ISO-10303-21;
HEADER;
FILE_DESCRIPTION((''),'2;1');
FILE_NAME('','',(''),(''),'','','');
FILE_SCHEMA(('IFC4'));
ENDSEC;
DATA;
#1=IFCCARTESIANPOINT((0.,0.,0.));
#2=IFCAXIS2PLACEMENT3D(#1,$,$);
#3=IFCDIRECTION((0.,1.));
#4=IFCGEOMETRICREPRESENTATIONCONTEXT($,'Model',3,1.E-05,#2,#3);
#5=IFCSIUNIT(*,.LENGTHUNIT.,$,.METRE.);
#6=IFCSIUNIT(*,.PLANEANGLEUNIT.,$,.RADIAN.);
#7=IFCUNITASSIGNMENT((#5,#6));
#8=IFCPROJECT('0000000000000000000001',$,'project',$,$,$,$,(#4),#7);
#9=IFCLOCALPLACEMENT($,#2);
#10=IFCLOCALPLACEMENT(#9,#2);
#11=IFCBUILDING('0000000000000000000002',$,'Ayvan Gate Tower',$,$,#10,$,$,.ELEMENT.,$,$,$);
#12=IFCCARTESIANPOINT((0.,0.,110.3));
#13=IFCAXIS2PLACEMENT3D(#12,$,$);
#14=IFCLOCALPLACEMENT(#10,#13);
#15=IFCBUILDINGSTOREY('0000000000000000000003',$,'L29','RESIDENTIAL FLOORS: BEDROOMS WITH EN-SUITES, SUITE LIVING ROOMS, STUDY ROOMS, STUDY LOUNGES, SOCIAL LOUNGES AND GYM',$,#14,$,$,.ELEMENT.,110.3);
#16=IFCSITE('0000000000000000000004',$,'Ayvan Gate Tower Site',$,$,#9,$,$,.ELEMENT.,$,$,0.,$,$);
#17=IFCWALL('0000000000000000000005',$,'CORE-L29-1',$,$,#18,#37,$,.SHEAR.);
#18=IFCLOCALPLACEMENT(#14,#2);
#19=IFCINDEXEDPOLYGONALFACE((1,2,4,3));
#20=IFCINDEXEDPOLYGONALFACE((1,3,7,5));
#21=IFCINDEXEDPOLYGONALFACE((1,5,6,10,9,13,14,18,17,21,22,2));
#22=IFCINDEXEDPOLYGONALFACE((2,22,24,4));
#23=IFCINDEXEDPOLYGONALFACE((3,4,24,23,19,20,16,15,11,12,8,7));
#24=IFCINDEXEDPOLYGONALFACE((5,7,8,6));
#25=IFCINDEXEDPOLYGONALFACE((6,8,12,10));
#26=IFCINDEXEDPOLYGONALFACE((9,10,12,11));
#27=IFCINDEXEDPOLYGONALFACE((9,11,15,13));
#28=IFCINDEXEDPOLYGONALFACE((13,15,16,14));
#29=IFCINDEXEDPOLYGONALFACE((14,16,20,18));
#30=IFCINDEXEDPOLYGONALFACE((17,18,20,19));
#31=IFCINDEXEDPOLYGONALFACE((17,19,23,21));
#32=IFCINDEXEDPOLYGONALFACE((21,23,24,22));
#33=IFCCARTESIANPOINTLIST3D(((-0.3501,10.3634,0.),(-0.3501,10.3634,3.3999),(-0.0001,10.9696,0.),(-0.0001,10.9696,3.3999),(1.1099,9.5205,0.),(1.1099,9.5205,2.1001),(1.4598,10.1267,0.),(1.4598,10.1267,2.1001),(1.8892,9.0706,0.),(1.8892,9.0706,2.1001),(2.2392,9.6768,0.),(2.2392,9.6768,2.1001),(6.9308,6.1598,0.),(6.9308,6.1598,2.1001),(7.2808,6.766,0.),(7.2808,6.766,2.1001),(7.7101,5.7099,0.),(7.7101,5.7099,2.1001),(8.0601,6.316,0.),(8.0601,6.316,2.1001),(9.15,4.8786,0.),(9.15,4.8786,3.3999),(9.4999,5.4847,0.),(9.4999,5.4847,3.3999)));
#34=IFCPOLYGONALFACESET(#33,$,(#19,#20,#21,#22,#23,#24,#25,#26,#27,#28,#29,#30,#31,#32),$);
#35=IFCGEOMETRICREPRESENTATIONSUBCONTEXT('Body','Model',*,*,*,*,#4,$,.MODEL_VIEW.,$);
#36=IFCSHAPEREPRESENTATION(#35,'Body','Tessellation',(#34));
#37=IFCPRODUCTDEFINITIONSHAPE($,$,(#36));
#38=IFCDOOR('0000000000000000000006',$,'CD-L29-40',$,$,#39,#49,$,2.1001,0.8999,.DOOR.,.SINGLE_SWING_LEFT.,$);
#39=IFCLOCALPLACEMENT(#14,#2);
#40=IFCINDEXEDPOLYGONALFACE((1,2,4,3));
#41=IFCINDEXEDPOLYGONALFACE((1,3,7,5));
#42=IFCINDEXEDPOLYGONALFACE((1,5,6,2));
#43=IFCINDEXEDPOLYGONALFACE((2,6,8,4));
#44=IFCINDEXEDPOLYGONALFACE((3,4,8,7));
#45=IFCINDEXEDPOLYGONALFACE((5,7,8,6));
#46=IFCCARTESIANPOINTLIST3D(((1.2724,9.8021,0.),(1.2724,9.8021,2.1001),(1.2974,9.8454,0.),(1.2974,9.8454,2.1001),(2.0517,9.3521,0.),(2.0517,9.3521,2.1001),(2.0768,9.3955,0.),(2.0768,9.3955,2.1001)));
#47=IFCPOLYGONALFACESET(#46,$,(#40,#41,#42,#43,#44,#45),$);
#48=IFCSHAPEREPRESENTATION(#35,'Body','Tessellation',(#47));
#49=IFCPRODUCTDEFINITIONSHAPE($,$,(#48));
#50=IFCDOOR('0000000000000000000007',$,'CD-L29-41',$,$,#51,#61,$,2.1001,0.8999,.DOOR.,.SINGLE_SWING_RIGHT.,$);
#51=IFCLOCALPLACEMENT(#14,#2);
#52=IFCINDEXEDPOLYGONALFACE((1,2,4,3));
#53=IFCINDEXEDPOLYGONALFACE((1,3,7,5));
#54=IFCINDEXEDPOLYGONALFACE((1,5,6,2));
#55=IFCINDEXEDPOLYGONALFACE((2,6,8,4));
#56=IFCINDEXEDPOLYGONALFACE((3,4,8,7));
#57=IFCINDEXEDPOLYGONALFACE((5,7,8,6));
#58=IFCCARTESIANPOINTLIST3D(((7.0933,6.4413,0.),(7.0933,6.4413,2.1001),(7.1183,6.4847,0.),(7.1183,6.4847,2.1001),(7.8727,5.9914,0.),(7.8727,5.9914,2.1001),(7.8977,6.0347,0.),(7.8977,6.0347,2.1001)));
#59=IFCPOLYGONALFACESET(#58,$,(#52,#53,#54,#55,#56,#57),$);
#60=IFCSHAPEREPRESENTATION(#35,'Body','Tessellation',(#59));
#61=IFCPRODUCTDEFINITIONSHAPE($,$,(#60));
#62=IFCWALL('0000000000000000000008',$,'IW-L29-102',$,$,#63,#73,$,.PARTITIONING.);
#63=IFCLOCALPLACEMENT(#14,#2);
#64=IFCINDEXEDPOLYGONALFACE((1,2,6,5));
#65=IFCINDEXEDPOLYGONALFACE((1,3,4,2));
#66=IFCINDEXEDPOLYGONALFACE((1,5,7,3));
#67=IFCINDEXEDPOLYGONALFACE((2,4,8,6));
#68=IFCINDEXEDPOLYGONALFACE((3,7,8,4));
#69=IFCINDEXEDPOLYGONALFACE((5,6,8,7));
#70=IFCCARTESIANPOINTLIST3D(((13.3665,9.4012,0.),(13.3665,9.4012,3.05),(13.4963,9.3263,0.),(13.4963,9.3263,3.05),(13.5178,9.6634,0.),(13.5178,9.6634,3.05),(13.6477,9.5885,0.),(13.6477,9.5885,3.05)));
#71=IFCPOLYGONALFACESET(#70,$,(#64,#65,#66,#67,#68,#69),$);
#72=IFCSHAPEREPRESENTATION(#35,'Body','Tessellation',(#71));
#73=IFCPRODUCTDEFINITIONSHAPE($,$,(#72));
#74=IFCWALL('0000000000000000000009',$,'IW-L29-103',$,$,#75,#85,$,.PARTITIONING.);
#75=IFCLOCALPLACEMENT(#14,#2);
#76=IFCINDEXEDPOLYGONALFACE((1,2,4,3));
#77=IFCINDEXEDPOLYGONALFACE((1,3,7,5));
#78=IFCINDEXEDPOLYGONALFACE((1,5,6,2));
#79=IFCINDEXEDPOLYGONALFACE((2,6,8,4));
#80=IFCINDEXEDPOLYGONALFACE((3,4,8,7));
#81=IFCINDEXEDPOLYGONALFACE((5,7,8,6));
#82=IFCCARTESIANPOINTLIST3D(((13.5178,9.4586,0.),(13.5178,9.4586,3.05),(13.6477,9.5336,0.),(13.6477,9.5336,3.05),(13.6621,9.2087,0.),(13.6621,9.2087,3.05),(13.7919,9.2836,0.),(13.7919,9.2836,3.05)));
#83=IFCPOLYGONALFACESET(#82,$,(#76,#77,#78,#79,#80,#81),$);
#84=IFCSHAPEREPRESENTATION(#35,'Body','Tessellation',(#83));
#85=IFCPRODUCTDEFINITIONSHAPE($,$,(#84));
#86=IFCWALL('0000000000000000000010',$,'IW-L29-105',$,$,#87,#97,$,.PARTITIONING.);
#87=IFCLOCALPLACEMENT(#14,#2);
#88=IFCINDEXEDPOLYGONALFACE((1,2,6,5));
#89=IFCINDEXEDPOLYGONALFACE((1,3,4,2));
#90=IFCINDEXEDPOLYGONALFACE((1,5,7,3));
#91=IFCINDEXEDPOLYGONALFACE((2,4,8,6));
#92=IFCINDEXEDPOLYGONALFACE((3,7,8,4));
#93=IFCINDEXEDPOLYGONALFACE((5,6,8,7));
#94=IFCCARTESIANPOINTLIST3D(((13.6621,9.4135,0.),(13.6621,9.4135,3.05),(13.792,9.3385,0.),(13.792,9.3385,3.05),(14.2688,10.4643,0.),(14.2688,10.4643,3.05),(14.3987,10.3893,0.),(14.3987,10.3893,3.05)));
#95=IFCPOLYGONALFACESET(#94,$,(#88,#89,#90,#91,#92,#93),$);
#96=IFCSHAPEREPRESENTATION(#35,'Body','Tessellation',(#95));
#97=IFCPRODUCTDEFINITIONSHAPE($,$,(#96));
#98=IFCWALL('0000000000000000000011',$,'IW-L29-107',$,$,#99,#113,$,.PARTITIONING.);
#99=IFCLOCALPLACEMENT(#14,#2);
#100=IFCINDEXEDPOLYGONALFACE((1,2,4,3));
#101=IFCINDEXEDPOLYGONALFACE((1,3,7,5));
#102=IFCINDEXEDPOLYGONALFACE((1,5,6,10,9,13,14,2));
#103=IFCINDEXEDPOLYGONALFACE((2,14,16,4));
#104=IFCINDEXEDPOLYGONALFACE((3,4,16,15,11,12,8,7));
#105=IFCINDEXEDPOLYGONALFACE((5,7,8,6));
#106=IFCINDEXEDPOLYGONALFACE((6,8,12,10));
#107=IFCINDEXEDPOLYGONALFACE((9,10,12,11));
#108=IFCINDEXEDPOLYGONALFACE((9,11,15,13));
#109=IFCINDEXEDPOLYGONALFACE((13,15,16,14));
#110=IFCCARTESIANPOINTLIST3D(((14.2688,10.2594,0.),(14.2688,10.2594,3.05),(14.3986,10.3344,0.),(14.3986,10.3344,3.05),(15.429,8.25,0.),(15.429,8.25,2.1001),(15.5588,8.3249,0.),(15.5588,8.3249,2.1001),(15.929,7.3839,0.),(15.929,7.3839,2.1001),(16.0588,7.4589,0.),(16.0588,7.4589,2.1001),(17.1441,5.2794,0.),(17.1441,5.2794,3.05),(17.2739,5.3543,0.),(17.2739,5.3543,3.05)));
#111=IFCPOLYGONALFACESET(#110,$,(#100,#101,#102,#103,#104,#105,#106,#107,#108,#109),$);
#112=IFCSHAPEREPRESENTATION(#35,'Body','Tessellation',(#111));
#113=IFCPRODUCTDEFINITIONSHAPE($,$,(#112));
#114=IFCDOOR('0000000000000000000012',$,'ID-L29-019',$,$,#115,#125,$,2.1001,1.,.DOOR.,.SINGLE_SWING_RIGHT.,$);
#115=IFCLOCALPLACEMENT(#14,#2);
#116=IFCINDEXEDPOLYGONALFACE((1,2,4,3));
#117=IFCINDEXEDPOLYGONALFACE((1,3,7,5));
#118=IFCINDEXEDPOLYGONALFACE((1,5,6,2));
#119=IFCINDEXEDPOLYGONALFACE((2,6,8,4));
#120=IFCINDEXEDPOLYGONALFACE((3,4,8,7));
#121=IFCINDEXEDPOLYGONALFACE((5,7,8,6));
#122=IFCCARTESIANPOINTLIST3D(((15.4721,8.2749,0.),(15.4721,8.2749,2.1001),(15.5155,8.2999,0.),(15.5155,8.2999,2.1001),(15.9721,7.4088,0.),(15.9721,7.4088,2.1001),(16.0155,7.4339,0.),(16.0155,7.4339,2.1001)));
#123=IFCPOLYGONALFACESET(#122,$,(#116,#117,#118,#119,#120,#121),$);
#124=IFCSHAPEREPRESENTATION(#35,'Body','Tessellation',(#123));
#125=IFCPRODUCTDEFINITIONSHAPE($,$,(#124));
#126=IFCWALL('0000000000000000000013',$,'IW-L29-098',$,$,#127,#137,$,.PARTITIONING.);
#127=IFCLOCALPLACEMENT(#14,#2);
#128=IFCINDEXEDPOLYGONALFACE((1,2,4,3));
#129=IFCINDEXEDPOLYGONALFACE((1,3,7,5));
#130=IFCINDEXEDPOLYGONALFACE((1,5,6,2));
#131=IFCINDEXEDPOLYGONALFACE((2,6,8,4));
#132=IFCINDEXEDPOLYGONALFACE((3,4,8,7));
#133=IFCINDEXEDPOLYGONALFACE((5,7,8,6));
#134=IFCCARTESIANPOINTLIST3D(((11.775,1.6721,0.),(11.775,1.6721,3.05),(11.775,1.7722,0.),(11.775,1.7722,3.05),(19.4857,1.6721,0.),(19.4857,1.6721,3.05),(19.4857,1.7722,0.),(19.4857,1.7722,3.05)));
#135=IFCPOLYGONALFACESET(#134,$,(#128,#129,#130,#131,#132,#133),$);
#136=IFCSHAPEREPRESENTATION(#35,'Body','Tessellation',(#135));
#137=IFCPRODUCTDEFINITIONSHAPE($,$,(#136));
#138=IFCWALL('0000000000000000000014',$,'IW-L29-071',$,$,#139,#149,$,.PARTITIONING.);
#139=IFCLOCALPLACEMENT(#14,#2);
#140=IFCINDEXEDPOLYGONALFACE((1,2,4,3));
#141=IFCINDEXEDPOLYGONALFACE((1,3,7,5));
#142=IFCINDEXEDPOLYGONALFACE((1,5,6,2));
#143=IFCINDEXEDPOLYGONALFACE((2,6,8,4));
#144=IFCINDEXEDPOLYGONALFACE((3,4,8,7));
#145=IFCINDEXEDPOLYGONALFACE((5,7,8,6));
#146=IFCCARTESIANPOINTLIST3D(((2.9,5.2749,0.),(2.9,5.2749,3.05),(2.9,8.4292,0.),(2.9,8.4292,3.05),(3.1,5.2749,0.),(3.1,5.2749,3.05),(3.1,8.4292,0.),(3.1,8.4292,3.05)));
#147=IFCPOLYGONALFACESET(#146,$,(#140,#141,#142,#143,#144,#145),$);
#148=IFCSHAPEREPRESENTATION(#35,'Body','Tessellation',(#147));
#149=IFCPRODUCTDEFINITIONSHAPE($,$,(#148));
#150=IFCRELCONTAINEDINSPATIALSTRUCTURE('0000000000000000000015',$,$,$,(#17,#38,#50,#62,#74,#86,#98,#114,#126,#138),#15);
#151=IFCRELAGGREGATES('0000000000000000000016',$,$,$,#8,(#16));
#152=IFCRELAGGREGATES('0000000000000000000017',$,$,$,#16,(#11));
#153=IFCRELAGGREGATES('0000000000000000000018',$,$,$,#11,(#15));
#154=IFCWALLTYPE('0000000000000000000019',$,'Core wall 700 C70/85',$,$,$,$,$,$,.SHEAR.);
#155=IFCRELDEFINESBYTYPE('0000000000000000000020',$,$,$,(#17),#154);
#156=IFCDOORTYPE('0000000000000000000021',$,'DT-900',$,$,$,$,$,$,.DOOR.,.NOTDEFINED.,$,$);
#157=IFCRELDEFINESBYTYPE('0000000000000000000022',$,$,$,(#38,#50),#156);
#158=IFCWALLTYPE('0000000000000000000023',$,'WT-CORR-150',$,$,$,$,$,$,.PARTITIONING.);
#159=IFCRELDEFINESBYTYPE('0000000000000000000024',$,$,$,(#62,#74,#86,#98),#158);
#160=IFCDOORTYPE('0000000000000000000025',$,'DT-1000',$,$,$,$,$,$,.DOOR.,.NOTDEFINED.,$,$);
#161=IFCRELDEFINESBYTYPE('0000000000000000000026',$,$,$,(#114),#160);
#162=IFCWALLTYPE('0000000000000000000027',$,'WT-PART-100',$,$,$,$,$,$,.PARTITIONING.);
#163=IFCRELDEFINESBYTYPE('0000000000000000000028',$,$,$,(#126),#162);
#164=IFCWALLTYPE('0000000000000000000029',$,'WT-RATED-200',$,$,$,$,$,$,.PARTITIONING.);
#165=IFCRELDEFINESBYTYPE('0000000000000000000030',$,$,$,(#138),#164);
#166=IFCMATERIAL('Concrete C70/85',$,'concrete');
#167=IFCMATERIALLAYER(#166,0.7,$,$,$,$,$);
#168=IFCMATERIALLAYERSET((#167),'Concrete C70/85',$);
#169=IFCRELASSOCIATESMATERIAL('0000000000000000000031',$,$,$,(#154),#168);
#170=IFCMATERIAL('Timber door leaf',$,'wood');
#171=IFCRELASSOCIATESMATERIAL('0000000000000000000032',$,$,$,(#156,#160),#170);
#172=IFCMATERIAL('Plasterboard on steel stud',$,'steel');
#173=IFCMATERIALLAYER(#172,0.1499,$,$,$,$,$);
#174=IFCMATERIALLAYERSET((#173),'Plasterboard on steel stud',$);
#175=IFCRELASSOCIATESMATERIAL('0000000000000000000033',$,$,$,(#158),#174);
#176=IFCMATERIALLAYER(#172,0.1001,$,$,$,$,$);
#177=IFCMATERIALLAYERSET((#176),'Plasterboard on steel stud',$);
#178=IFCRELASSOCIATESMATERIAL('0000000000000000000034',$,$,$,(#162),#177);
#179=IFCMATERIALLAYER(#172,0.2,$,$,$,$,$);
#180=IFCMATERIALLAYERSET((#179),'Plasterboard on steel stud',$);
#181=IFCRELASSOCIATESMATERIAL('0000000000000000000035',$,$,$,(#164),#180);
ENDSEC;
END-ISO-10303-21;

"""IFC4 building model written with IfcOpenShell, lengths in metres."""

from ifc_helpers import new_model, si_unit, direction, frame, frame_2d, origin, place, context, subcontext, project, spatial, rectangle, extrude, material, layer, layer_set, type_object, element, fill, save


model = new_model("IFC4")

# Units and contexts
model_context = context("Model", 3, precision=1e-05, world=origin(), true_north=direction((0.0, 1.0)))
body_context = subcontext(model_context, "Body", "Model", "MODEL_VIEW")
ifc_project = project(units=[si_unit("LENGTHUNIT", "METRE"), si_unit("PLANEANGLEUNIT", "RADIAN")], contexts=[model_context])

# Site, building, storey
site_placement = place(None, origin())
site = spatial("IfcSite", under=ifc_project, at=site_placement, Name="Ayvan Gate Tower Site", CompositionType="ELEMENT", RefElevation=0.0)
building_placement = place(site_placement, origin())
building = spatial("IfcBuilding", under=site, at=building_placement, Name="Ayvan Gate Tower", CompositionType="ELEMENT")
storey_placement = place(building_placement, frame((0.0, 0.0, 110.3)))
storey = spatial("IfcBuildingStorey", under=building, at=storey_placement, Name="L29", Description="RESIDENTIAL FLOORS: BEDROOMS WITH EN-SUITES, SUITE LIVING ROOMS, STUDY ROOMS, STUDY LOUNGES, SOCIAL LOUNGES AND GYM", CompositionType="ELEMENT", Elevation=110.3)

# Wall, openings, doors
ifc_material_1 = material(Name="Concrete C70/85", Category="concrete")
ifc_layer_1 = layer(ifc_material_1, 0.7)
ifc_layer_set_1 = layer_set([ifc_layer_1], Name="Concrete C70/85")
wall_type_1 = type_object("IfcWallType", Name="Core wall 700 C70/85", PredefinedType="SHEAR", material=ifc_layer_set_1)
wall_1_placement = place(storey_placement, frame((9.325, 5.1816, 0.0), z_axis=(0.0, 0.0, 1.0), x_axis=(-0.866024, 0.500002, 0.0)))
wall_1 = element("IfcWall", 1, at=wall_1_placement, inside=storey, type_object=wall_type_1, Name="CORE-L29-1", PredefinedType="SHEAR", context=body_context, shape_type="SweptSolid", body=[
    extrude(rectangle(XDim=10.9697, YDim=0.7, at=frame_2d((5.4849, 0.0))), origin(), (0.0, 0.0, 1.0), 3.3999),
])
opening_1_placement = place(wall_1_placement, frame((8.384, 0.0, 0.0)))
opening_1 = element("IfcOpeningElement", 2, at=opening_1_placement, cuts=wall_1, PredefinedType="OPENING", context=body_context, shape_type="SweptSolid", body=[
    extrude(rectangle(XDim=0.8999, YDim=2.1001, at=frame_2d((0.45, 1.05))), frame((0.0, 0.3599, 0.0), z_axis=(0.0, -1.0, 0.0), x_axis=(1.0, 0.0, 0.0)), (0.0, 0.0, 1.0), 0.72),
])
opening_2_placement = place(wall_1_placement, frame((1.6626, 0.0, 0.0)))
opening_2 = element("IfcOpeningElement", 3, at=opening_2_placement, cuts=wall_1, PredefinedType="OPENING", context=body_context, shape_type="SweptSolid", body=[
    extrude(rectangle(XDim=0.8999, YDim=2.1001, at=frame_2d((0.45, 1.05))), frame((0.0, 0.3599, 0.0), z_axis=(0.0, -1.0, 0.0), x_axis=(1.0, 0.0, 0.0)), (0.0, 0.0, 1.0), 0.72),
])
ifc_material_2 = material(Name="Timber door leaf", Category="wood")
door_type_1 = type_object("IfcDoorType", Name="DT-900", OperationType="NOTDEFINED", PredefinedType="DOOR", material=ifc_material_2)
door_1_placement = place(opening_1_placement, origin())
door_1 = element("IfcDoor", 4, at=door_1_placement, inside=storey, type_object=door_type_1, Name="CD-L29-40", OperationType="SINGLE_SWING_LEFT", OverallHeight=2.1001, OverallWidth=0.8999, PredefinedType="DOOR", context=body_context, shape_type="SweptSolid", body=[
    extrude(rectangle(XDim=0.8999, YDim=2.1001, at=frame_2d((0.45, 1.05))), frame((0.0, 0.0249, 0.0), z_axis=(0.0, -1.0, 0.0), x_axis=(1.0, 0.0, 0.0)), (0.0, 0.0, 1.0), 0.05),
])
fill(opening_1, door_1)
door_2_placement = place(opening_2_placement, origin())
door_2 = element("IfcDoor", 5, at=door_2_placement, inside=storey, type_object=door_type_1, Name="CD-L29-41", OperationType="SINGLE_SWING_RIGHT", OverallHeight=2.1001, OverallWidth=0.8999, PredefinedType="DOOR", context=body_context, shape_type="SweptSolid", body=[
    extrude(rectangle(XDim=0.8999, YDim=2.1001, at=frame_2d((0.45, 1.05))), frame((0.0, 0.0249, 0.0), z_axis=(0.0, -1.0, 0.0), x_axis=(1.0, 0.0, 0.0)), (0.0, 0.0, 1.0), 0.05),
])
fill(opening_2, door_2)

# Walls
ifc_material_3 = material(Name="Plasterboard on steel stud", Category="steel")
ifc_layer_2 = layer(ifc_material_3, 0.1499)
ifc_layer_set_2 = layer_set([ifc_layer_2], Name="Plasterboard on steel stud")
wall_type_2 = type_object("IfcWallType", Name="WT-CORR-150", PredefinedType="PARTITIONING", material=ifc_layer_set_2)
wall_2_placement = place(storey_placement, frame((13.4314, 9.3638, 0.0), z_axis=(0.0, 0.0, 1.0), x_axis=(0.499955, 0.866051, 0.0)))
element("IfcWall", 6, at=wall_2_placement, inside=storey, type_object=wall_type_2, Name="IW-L29-102", PredefinedType="PARTITIONING", context=body_context, shape_type="SweptSolid", body=[
    extrude(rectangle(XDim=0.3027, YDim=0.1499, at=frame_2d((0.1514, 0.0))), origin(), (0.0, 0.0, 1.0), 3.05),
])
wall_3_placement = place(storey_placement, frame((13.5828, 9.4961, 0.0), z_axis=(0.0, 0.0, 1.0), x_axis=(0.499869, -0.866101, 0.0)))
element("IfcWall", 7, at=wall_3_placement, inside=storey, type_object=wall_type_2, Name="IW-L29-103", PredefinedType="PARTITIONING", context=body_context, shape_type="SweptSolid", body=[
    extrude(rectangle(XDim=0.2886, YDim=0.1499, at=frame_2d((0.1443, 0.0))), origin(), (0.0, 0.0, 1.0), 3.05),
])
wall_4_placement = place(storey_placement, frame((13.7271, 9.376, 0.0), z_axis=(0.0, 0.0, 1.0), x_axis=(0.500013, 0.866018, 0.0)))
element("IfcWall", 8, at=wall_4_placement, inside=storey, type_object=wall_type_2, Name="IW-L29-105", PredefinedType="PARTITIONING", context=body_context, shape_type="SweptSolid", body=[
    extrude(rectangle(XDim=1.2134, YDim=0.1499, at=frame_2d((0.6067, 0.0))), origin(), (0.0, 0.0, 1.0), 3.05),
])

# Wall, opening, door
wall_5_placement = place(storey_placement, frame((14.3337, 10.2969, 0.0), z_axis=(0.0, 0.0, 1.0), x_axis=(0.500007, -0.866022, 0.0)))
wall_5 = element("IfcWall", 9, at=wall_5_placement, inside=storey, type_object=wall_type_2, Name="IW-L29-107", PredefinedType="PARTITIONING", context=body_context, shape_type="SweptSolid", body=[
    extrude(rectangle(XDim=5.7505, YDim=0.1499, at=frame_2d((2.8752, 0.0))), origin(), (0.0, 0.0, 1.0), 3.05),
])
opening_3_placement = place(wall_5_placement, frame((2.3203, 0.0, 0.0)))
opening_3 = element("IfcOpeningElement", 10, at=opening_3_placement, cuts=wall_5, PredefinedType="OPENING", context=body_context, shape_type="SweptSolid", body=[
    extrude(rectangle(XDim=1.0, YDim=2.1001, at=frame_2d((0.5, 1.05))), frame((0.0, 0.085, 0.0), z_axis=(0.0, -1.0, 0.0), x_axis=(1.0, 0.0, 0.0)), (0.0, 0.0, 1.0), 0.1699),
])
door_type_2 = type_object("IfcDoorType", Name="DT-1000", OperationType="NOTDEFINED", PredefinedType="DOOR", material=ifc_material_2)
door_3_placement = place(opening_3_placement, origin())
door_3 = element("IfcDoor", 11, at=door_3_placement, inside=storey, type_object=door_type_2, Name="ID-L29-019", OperationType="SINGLE_SWING_RIGHT", OverallHeight=2.1001, OverallWidth=1.0, PredefinedType="DOOR", context=body_context, shape_type="SweptSolid", body=[
    extrude(rectangle(XDim=1.0, YDim=2.1001, at=frame_2d((0.5, 1.05))), frame((0.0, 0.0249, 0.0), z_axis=(0.0, -1.0, 0.0), x_axis=(1.0, 0.0, 0.0)), (0.0, 0.0, 1.0), 0.05),
])
fill(opening_3, door_3)

# Walls
ifc_layer_3 = layer(ifc_material_3, 0.1001)
ifc_layer_set_3 = layer_set([ifc_layer_3], Name="Plasterboard on steel stud")
wall_type_3 = type_object("IfcWallType", Name="WT-PART-100", PredefinedType="PARTITIONING", material=ifc_layer_set_3)
wall_6_placement = place(storey_placement, frame((11.7749, 1.7222, 0.0), z_axis=(0.0, 0.0, 1.0), x_axis=(1.0, 0.0, 0.0)))
element("IfcWall", 12, at=wall_6_placement, inside=storey, type_object=wall_type_3, Name="IW-L29-098", PredefinedType="PARTITIONING", context=body_context, shape_type="SweptSolid", body=[
    extrude(rectangle(XDim=7.7107, YDim=0.1001, at=frame_2d((3.8555, 0.0))), origin(), (0.0, 0.0, 1.0), 3.05),
])
ifc_layer_4 = layer(ifc_material_3, 0.2)
ifc_layer_set_4 = layer_set([ifc_layer_4], Name="Plasterboard on steel stud")
wall_type_4 = type_object("IfcWallType", Name="WT-RATED-200", PredefinedType="PARTITIONING", material=ifc_layer_set_4)
wall_7_placement = place(storey_placement, frame((3.0, 8.4292, 0.0), z_axis=(0.0, 0.0, 1.0), x_axis=(0.0, -1.0, 0.0)))
element("IfcWall", 13, at=wall_7_placement, inside=storey, type_object=wall_type_4, Name="IW-L29-071", PredefinedType="PARTITIONING", context=body_context, shape_type="SweptSolid", body=[
    extrude(rectangle(XDim=3.1543, YDim=0.2, at=frame_2d((1.5771, 0.0))), origin(), (0.0, 0.0, 1.0), 3.05),
])

save(model, "model.ifc")
